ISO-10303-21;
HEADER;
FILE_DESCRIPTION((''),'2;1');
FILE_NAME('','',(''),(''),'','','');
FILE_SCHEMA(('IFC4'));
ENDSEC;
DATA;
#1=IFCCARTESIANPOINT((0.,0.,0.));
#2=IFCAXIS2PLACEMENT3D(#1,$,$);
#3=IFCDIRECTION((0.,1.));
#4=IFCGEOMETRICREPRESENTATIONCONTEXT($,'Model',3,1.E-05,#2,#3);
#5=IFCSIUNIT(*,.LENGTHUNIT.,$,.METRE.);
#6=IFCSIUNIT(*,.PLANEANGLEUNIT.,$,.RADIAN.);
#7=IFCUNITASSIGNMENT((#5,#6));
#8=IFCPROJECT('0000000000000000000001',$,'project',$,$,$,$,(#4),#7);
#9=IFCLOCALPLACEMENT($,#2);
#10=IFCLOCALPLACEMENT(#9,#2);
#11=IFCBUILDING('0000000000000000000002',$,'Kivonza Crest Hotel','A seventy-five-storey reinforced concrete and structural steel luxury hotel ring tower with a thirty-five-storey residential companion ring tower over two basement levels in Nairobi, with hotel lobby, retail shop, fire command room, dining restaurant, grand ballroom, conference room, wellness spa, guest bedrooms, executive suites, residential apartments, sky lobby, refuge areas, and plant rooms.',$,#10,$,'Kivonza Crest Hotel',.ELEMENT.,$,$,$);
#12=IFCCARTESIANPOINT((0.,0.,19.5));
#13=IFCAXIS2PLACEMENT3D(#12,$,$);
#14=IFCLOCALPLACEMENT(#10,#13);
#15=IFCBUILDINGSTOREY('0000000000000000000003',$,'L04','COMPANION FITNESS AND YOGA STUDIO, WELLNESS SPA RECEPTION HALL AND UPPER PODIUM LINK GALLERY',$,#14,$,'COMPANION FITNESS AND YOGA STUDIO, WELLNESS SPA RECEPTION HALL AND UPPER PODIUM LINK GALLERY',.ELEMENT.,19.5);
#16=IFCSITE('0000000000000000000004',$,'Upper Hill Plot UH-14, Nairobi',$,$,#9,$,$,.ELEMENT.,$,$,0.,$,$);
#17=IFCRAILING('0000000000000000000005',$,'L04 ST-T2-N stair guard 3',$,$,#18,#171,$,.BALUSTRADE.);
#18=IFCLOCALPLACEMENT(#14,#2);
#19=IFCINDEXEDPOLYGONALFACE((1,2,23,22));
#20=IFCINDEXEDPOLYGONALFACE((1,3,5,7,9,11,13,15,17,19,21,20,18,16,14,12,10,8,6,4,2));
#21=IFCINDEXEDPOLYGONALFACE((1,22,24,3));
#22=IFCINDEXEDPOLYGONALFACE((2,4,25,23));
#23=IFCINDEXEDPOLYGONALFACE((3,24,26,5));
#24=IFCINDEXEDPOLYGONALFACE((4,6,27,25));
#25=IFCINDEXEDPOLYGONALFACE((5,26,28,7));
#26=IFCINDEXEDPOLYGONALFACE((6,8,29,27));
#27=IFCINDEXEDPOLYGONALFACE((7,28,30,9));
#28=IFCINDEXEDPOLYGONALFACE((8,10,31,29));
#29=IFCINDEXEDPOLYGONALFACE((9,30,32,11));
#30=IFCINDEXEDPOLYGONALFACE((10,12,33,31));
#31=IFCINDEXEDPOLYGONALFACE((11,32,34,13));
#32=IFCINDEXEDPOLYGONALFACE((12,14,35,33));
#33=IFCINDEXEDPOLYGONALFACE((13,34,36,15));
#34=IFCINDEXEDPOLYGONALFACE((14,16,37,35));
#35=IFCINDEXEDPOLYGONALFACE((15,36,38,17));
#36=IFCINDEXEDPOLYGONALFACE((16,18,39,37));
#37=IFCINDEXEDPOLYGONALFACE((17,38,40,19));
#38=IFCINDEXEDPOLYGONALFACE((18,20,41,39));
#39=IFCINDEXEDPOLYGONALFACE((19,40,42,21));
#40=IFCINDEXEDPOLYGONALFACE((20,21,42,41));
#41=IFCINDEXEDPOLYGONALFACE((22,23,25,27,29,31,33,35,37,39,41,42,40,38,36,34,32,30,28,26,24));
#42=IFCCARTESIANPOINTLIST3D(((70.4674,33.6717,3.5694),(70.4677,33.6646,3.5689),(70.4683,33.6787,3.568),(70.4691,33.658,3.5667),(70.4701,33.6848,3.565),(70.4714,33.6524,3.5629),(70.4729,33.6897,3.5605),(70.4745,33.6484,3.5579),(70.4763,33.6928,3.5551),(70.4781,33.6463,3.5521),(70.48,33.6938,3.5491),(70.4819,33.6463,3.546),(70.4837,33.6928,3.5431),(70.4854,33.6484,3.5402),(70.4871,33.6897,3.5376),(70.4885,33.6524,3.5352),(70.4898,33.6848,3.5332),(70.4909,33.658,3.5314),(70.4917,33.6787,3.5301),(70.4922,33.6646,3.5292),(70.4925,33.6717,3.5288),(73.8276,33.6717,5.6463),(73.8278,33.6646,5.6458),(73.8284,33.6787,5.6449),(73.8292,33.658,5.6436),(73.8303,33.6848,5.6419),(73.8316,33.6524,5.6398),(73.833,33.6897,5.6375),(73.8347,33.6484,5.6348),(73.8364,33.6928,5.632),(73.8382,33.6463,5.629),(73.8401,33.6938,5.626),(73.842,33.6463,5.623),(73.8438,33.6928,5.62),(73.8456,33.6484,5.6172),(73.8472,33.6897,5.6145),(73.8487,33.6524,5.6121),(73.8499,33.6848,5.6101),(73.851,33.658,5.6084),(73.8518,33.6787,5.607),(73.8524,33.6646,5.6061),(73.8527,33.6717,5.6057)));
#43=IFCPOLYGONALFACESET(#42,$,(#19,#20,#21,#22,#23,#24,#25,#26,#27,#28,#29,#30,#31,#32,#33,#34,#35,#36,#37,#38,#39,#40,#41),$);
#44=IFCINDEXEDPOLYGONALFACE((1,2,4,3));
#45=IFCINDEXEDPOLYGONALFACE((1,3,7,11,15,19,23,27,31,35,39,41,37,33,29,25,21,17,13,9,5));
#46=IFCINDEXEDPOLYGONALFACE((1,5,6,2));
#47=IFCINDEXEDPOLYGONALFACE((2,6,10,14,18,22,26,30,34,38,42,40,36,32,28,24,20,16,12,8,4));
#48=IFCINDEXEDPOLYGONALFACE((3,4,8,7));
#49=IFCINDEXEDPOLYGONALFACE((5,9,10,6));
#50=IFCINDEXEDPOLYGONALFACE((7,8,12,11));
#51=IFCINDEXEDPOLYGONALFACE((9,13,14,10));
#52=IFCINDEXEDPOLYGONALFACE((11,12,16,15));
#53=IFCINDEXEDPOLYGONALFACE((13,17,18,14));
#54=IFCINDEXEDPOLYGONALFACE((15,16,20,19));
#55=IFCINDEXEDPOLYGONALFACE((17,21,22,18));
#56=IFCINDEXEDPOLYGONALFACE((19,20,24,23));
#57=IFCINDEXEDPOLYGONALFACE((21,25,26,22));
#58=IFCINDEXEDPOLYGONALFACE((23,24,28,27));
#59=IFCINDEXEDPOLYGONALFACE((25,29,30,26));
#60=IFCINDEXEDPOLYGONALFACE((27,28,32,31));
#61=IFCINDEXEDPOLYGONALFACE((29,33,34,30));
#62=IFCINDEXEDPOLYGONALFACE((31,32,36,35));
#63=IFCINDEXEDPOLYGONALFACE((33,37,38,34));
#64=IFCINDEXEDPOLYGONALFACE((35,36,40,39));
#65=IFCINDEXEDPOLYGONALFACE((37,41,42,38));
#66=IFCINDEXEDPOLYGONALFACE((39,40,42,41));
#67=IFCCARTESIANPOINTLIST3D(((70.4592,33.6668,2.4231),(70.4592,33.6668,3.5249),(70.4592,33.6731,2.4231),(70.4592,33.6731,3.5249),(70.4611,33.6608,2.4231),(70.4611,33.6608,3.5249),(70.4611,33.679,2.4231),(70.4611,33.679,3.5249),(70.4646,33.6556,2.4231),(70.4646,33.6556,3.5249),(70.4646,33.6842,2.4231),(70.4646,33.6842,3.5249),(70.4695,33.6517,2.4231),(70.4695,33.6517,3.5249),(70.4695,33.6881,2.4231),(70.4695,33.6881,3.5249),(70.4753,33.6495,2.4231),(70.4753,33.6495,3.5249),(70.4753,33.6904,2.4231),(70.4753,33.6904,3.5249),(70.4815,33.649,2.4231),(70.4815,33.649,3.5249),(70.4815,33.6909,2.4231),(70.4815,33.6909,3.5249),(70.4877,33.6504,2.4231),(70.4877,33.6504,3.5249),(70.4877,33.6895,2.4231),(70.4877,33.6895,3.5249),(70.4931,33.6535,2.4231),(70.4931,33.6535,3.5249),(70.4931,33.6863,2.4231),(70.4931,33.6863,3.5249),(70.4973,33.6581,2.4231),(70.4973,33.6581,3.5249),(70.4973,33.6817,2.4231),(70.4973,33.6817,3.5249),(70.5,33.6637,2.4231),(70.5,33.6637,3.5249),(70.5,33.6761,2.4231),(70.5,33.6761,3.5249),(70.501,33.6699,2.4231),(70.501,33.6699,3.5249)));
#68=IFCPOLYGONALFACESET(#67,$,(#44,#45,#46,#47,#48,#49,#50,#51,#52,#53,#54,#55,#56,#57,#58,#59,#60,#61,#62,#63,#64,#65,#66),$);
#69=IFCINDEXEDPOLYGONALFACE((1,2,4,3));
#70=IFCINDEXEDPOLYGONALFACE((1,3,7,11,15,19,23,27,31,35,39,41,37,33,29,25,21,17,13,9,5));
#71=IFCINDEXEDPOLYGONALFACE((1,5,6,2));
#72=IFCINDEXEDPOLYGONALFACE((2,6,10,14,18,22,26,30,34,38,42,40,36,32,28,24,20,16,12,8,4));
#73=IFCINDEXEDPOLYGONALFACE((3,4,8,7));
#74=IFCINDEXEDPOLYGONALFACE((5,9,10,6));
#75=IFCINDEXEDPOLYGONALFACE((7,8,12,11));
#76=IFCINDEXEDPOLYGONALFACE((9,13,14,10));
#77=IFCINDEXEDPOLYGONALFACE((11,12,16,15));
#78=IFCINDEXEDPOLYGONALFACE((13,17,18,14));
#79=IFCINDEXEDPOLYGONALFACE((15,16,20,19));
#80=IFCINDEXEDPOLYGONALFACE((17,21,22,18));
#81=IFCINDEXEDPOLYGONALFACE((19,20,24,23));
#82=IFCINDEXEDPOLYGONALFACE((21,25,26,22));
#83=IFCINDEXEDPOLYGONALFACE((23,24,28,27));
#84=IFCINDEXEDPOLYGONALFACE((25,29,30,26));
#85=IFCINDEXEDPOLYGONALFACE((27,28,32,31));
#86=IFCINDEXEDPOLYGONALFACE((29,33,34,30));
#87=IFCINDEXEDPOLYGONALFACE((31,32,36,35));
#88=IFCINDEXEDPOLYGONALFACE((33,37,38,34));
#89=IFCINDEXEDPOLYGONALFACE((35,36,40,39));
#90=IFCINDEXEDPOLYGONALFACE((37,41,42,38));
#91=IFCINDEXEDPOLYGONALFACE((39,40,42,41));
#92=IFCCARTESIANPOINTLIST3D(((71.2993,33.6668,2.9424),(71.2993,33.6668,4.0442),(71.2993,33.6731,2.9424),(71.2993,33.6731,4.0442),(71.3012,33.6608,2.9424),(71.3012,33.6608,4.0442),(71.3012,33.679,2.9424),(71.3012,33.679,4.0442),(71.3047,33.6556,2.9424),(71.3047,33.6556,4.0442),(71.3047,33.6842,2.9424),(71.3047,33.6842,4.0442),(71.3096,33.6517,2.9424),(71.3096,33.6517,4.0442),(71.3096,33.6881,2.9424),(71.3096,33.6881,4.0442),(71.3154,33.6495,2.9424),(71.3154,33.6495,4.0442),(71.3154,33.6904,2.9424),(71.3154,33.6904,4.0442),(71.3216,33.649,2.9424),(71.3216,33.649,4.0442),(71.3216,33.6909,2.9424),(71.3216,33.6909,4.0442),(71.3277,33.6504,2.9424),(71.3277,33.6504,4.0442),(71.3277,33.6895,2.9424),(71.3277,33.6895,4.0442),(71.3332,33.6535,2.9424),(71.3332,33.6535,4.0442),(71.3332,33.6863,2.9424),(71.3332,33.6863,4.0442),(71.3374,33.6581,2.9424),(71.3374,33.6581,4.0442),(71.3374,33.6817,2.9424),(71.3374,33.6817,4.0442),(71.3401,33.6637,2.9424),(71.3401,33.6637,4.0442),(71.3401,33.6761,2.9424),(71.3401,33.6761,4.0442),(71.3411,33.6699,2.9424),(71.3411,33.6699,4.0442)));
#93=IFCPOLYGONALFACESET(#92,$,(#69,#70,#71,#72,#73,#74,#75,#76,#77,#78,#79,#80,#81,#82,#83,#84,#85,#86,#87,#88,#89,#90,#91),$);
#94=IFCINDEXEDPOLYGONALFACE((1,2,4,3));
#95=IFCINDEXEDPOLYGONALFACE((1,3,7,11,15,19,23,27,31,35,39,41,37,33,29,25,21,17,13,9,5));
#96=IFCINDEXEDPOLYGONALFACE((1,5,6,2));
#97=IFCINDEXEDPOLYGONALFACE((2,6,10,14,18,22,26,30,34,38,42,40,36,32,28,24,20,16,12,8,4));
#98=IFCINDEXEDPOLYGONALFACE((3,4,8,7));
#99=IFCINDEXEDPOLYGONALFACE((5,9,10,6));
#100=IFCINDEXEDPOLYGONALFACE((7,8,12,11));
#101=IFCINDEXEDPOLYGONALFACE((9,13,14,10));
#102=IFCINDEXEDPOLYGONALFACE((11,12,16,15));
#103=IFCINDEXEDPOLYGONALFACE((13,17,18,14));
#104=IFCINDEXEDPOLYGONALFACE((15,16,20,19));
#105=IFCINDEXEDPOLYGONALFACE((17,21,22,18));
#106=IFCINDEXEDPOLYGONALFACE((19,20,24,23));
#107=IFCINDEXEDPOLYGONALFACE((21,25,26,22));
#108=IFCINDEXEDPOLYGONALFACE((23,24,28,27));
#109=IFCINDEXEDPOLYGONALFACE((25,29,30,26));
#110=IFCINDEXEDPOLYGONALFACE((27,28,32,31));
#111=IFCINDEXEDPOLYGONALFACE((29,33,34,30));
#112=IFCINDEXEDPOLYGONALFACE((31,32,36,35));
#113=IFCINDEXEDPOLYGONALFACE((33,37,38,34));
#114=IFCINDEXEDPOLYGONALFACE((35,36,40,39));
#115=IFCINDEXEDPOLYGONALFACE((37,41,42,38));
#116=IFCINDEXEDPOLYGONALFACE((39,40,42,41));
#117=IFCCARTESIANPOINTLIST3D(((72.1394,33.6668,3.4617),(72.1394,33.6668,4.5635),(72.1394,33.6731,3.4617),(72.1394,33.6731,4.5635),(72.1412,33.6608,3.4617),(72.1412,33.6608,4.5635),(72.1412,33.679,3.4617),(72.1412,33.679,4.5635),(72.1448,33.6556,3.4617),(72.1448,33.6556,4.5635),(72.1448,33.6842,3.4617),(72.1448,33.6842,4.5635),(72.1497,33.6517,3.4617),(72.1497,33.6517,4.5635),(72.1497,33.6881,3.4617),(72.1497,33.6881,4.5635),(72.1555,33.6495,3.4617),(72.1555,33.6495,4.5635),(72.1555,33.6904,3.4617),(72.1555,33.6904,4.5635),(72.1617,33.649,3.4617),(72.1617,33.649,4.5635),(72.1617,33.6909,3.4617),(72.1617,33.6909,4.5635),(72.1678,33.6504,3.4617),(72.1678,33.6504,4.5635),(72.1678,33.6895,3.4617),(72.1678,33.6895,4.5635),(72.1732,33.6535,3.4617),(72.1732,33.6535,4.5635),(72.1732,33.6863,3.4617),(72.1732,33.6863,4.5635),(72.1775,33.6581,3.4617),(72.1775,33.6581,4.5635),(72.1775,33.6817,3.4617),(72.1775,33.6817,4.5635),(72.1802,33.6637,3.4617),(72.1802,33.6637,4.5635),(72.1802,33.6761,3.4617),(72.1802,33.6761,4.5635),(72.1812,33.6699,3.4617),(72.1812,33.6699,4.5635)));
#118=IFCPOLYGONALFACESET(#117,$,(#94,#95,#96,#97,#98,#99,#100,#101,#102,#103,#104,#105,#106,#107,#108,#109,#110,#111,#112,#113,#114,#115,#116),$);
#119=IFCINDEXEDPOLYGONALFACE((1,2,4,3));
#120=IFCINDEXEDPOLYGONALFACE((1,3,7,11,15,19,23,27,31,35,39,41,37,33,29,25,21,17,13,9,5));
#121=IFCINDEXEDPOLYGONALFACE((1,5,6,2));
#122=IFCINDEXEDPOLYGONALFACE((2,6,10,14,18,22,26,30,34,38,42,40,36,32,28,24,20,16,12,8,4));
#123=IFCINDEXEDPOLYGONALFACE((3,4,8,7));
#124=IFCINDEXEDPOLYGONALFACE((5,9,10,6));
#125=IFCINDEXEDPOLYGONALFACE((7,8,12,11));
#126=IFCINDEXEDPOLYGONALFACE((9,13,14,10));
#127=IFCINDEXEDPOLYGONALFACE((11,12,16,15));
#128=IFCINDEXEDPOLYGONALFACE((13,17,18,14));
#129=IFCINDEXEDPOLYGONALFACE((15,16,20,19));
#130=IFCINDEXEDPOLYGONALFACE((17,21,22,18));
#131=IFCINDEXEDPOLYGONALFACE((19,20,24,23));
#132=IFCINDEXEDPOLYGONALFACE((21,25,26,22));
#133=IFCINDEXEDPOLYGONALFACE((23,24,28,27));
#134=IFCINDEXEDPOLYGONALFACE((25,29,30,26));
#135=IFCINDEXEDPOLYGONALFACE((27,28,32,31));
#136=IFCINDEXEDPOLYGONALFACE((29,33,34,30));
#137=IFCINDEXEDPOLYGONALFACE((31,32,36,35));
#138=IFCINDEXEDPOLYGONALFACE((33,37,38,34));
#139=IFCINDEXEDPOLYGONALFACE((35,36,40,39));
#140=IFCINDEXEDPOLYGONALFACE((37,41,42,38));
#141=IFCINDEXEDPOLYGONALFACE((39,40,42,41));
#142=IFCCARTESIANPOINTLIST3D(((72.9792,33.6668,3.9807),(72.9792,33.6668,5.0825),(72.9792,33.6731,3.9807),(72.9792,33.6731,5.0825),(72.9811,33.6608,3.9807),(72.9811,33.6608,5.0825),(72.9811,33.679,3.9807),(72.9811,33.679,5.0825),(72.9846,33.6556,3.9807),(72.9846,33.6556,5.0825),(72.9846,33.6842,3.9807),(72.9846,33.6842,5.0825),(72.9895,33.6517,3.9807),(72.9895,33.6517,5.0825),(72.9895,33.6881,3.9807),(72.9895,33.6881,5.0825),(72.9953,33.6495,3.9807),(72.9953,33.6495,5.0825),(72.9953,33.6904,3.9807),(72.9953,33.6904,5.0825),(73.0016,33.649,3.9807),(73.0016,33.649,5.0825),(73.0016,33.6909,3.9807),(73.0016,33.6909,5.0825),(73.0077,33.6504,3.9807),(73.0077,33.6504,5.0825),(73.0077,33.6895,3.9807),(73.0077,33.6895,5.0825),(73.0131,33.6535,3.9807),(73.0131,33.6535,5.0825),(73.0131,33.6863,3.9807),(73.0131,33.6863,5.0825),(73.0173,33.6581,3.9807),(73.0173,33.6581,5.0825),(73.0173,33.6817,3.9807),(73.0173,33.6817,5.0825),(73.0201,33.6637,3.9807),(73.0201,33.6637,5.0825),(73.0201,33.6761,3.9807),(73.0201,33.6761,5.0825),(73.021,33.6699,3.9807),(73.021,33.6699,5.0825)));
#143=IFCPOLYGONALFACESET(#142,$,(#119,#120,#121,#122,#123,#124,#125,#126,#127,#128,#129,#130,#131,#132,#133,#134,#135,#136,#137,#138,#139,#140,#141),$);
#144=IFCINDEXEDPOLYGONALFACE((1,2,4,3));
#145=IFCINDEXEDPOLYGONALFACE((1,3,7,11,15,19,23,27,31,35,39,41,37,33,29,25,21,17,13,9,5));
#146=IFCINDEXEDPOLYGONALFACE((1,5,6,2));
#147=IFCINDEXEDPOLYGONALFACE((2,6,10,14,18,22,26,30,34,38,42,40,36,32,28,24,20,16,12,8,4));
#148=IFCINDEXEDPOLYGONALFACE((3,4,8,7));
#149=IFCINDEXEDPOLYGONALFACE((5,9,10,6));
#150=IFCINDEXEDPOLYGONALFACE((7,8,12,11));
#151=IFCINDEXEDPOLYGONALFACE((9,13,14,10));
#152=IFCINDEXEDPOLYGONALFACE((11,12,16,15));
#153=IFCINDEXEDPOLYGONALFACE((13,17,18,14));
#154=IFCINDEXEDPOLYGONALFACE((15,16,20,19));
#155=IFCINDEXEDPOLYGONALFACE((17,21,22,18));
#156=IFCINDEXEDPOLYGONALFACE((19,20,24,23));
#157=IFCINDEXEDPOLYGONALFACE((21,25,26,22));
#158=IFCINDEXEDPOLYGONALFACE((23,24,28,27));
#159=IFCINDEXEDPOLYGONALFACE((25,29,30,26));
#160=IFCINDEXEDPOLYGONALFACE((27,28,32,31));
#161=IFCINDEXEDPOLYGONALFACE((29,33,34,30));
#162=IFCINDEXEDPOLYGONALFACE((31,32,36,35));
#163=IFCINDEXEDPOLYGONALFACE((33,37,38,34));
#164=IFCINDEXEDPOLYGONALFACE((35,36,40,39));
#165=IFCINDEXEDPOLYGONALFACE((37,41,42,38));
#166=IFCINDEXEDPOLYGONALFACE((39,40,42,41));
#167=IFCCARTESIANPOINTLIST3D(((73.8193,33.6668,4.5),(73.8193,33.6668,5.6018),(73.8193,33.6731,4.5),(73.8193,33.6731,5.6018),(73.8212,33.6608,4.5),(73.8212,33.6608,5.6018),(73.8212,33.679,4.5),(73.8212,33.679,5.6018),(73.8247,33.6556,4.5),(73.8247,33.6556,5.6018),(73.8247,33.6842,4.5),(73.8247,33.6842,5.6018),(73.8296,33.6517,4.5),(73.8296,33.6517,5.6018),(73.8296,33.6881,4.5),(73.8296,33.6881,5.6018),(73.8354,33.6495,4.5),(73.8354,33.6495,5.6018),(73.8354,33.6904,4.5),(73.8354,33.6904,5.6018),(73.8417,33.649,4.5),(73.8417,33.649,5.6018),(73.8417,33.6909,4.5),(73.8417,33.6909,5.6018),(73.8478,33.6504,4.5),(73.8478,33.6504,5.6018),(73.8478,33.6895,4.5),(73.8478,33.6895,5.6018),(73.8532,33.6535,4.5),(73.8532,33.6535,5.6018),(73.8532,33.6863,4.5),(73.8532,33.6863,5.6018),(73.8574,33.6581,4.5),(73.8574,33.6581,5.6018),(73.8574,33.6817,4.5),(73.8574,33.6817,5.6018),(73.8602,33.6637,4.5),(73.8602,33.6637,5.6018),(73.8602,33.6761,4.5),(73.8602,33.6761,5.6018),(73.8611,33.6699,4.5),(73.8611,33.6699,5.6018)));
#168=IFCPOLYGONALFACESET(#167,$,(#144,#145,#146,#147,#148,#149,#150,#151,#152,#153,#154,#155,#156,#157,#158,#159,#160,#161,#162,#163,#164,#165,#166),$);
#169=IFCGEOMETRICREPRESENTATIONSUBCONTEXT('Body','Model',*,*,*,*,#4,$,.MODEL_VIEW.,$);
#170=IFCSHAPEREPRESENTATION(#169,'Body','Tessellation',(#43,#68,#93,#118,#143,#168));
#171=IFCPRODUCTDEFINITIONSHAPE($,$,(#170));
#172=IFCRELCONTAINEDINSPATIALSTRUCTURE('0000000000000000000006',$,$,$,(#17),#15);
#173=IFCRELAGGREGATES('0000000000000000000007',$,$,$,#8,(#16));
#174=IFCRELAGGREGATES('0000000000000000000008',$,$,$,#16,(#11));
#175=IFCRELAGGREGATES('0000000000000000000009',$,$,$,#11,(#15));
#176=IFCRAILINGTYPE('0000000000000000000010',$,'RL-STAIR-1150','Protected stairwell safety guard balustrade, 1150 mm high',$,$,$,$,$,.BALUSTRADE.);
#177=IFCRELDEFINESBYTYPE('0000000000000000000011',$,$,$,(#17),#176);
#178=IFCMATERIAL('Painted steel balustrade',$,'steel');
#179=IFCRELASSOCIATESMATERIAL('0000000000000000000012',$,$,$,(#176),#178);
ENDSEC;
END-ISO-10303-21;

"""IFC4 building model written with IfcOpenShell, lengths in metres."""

from ifc_helpers import new_model, si_unit, direction, frame, origin, origin_2d, place, context, subcontext, project, spatial, circle, extrude, material, type_object, element, save


model = new_model("IFC4")

# Units and contexts
model_context = context("Model", 3, precision=1e-05, world=origin(), true_north=direction((0.0, 1.0)))
body_context = subcontext(model_context, "Body", "Model", "MODEL_VIEW")
ifc_project = project(units=[si_unit("LENGTHUNIT", "METRE"), si_unit("PLANEANGLEUNIT", "RADIAN")], contexts=[model_context])

# Site, building, storey
site_placement = place(None, origin())
site = spatial("IfcSite", under=ifc_project, at=site_placement, Name="Upper Hill Plot UH-14, Nairobi", CompositionType="ELEMENT", RefElevation=0.0)
building_placement = place(site_placement, origin())
building = spatial("IfcBuilding", under=site, at=building_placement, Name="Kivonza Crest Hotel", Description="A seventy-five-storey reinforced concrete and structural steel luxury hotel ring tower with a thirty-five-storey residential companion ring tower over two basement levels in Nairobi, with hotel lobby, retail shop, fire command room, dining restaurant, grand ballroom, conference room, wellness spa, guest bedrooms, executive suites, residential apartments, sky lobby, refuge areas, and plant rooms.", LongName="Kivonza Crest Hotel", CompositionType="ELEMENT")
storey_placement = place(building_placement, frame((0.0, 0.0, 19.5)))
storey = spatial("IfcBuildingStorey", under=building, at=storey_placement, Name="L04", Description="COMPANION FITNESS AND YOGA STUDIO, WELLNESS SPA RECEPTION HALL AND UPPER PODIUM LINK GALLERY", LongName="COMPANION FITNESS AND YOGA STUDIO, WELLNESS SPA RECEPTION HALL AND UPPER PODIUM LINK GALLERY", CompositionType="ELEMENT", Elevation=19.5)

# Railing
ifc_material_1 = material(Name="Painted steel balustrade", Category="steel")
railing_type_1 = type_object("IfcRailingType", Name="RL-STAIR-1150", Description="Protected stairwell safety guard balustrade, 1150 mm high", PredefinedType="BALUSTRADE", material=ifc_material_1)
railing_1_placement = place(storey_placement, frame((70.48, 33.6699, 2.4231)))
element("IfcRailing", 1, at=railing_1_placement, inside=storey, type_object=railing_type_1, Name="L04 ST-T2-N stair guard 3", PredefinedType="BALUSTRADE", context=body_context, shape_type="SweptSolid", body=[
    extrude(circle(Radius=0.0239, at=origin_2d()), frame((0.0, 0.0, 1.126), z_axis=(0.850623, 0.0, 0.525776), x_axis=(0.0, 1.0, 0.0)), (0.0, 0.0, 1.0), 3.9502),
    extrude(circle(Radius=0.021, at=origin_2d()), origin(), (0.0, 0.0, 1.0), 1.1018),
    extrude(circle(Radius=0.021, at=origin_2d()), frame((0.8401, 0.0, 0.5193)), (0.0, 0.0, 1.0), 1.1018),
    extrude(circle(Radius=0.021, at=origin_2d()), frame((1.6802, 0.0, 1.0386)), (0.0, 0.0, 1.0), 1.1018),
    extrude(circle(Radius=0.021, at=origin_2d()), frame((2.52, 0.0, 1.5576)), (0.0, 0.0, 1.0), 1.1018),
    extrude(circle(Radius=0.021, at=origin_2d()), frame((3.3601, 0.0, 2.0769)), (0.0, 0.0, 1.0), 1.1018),
])

save(model, "model.ifc")
